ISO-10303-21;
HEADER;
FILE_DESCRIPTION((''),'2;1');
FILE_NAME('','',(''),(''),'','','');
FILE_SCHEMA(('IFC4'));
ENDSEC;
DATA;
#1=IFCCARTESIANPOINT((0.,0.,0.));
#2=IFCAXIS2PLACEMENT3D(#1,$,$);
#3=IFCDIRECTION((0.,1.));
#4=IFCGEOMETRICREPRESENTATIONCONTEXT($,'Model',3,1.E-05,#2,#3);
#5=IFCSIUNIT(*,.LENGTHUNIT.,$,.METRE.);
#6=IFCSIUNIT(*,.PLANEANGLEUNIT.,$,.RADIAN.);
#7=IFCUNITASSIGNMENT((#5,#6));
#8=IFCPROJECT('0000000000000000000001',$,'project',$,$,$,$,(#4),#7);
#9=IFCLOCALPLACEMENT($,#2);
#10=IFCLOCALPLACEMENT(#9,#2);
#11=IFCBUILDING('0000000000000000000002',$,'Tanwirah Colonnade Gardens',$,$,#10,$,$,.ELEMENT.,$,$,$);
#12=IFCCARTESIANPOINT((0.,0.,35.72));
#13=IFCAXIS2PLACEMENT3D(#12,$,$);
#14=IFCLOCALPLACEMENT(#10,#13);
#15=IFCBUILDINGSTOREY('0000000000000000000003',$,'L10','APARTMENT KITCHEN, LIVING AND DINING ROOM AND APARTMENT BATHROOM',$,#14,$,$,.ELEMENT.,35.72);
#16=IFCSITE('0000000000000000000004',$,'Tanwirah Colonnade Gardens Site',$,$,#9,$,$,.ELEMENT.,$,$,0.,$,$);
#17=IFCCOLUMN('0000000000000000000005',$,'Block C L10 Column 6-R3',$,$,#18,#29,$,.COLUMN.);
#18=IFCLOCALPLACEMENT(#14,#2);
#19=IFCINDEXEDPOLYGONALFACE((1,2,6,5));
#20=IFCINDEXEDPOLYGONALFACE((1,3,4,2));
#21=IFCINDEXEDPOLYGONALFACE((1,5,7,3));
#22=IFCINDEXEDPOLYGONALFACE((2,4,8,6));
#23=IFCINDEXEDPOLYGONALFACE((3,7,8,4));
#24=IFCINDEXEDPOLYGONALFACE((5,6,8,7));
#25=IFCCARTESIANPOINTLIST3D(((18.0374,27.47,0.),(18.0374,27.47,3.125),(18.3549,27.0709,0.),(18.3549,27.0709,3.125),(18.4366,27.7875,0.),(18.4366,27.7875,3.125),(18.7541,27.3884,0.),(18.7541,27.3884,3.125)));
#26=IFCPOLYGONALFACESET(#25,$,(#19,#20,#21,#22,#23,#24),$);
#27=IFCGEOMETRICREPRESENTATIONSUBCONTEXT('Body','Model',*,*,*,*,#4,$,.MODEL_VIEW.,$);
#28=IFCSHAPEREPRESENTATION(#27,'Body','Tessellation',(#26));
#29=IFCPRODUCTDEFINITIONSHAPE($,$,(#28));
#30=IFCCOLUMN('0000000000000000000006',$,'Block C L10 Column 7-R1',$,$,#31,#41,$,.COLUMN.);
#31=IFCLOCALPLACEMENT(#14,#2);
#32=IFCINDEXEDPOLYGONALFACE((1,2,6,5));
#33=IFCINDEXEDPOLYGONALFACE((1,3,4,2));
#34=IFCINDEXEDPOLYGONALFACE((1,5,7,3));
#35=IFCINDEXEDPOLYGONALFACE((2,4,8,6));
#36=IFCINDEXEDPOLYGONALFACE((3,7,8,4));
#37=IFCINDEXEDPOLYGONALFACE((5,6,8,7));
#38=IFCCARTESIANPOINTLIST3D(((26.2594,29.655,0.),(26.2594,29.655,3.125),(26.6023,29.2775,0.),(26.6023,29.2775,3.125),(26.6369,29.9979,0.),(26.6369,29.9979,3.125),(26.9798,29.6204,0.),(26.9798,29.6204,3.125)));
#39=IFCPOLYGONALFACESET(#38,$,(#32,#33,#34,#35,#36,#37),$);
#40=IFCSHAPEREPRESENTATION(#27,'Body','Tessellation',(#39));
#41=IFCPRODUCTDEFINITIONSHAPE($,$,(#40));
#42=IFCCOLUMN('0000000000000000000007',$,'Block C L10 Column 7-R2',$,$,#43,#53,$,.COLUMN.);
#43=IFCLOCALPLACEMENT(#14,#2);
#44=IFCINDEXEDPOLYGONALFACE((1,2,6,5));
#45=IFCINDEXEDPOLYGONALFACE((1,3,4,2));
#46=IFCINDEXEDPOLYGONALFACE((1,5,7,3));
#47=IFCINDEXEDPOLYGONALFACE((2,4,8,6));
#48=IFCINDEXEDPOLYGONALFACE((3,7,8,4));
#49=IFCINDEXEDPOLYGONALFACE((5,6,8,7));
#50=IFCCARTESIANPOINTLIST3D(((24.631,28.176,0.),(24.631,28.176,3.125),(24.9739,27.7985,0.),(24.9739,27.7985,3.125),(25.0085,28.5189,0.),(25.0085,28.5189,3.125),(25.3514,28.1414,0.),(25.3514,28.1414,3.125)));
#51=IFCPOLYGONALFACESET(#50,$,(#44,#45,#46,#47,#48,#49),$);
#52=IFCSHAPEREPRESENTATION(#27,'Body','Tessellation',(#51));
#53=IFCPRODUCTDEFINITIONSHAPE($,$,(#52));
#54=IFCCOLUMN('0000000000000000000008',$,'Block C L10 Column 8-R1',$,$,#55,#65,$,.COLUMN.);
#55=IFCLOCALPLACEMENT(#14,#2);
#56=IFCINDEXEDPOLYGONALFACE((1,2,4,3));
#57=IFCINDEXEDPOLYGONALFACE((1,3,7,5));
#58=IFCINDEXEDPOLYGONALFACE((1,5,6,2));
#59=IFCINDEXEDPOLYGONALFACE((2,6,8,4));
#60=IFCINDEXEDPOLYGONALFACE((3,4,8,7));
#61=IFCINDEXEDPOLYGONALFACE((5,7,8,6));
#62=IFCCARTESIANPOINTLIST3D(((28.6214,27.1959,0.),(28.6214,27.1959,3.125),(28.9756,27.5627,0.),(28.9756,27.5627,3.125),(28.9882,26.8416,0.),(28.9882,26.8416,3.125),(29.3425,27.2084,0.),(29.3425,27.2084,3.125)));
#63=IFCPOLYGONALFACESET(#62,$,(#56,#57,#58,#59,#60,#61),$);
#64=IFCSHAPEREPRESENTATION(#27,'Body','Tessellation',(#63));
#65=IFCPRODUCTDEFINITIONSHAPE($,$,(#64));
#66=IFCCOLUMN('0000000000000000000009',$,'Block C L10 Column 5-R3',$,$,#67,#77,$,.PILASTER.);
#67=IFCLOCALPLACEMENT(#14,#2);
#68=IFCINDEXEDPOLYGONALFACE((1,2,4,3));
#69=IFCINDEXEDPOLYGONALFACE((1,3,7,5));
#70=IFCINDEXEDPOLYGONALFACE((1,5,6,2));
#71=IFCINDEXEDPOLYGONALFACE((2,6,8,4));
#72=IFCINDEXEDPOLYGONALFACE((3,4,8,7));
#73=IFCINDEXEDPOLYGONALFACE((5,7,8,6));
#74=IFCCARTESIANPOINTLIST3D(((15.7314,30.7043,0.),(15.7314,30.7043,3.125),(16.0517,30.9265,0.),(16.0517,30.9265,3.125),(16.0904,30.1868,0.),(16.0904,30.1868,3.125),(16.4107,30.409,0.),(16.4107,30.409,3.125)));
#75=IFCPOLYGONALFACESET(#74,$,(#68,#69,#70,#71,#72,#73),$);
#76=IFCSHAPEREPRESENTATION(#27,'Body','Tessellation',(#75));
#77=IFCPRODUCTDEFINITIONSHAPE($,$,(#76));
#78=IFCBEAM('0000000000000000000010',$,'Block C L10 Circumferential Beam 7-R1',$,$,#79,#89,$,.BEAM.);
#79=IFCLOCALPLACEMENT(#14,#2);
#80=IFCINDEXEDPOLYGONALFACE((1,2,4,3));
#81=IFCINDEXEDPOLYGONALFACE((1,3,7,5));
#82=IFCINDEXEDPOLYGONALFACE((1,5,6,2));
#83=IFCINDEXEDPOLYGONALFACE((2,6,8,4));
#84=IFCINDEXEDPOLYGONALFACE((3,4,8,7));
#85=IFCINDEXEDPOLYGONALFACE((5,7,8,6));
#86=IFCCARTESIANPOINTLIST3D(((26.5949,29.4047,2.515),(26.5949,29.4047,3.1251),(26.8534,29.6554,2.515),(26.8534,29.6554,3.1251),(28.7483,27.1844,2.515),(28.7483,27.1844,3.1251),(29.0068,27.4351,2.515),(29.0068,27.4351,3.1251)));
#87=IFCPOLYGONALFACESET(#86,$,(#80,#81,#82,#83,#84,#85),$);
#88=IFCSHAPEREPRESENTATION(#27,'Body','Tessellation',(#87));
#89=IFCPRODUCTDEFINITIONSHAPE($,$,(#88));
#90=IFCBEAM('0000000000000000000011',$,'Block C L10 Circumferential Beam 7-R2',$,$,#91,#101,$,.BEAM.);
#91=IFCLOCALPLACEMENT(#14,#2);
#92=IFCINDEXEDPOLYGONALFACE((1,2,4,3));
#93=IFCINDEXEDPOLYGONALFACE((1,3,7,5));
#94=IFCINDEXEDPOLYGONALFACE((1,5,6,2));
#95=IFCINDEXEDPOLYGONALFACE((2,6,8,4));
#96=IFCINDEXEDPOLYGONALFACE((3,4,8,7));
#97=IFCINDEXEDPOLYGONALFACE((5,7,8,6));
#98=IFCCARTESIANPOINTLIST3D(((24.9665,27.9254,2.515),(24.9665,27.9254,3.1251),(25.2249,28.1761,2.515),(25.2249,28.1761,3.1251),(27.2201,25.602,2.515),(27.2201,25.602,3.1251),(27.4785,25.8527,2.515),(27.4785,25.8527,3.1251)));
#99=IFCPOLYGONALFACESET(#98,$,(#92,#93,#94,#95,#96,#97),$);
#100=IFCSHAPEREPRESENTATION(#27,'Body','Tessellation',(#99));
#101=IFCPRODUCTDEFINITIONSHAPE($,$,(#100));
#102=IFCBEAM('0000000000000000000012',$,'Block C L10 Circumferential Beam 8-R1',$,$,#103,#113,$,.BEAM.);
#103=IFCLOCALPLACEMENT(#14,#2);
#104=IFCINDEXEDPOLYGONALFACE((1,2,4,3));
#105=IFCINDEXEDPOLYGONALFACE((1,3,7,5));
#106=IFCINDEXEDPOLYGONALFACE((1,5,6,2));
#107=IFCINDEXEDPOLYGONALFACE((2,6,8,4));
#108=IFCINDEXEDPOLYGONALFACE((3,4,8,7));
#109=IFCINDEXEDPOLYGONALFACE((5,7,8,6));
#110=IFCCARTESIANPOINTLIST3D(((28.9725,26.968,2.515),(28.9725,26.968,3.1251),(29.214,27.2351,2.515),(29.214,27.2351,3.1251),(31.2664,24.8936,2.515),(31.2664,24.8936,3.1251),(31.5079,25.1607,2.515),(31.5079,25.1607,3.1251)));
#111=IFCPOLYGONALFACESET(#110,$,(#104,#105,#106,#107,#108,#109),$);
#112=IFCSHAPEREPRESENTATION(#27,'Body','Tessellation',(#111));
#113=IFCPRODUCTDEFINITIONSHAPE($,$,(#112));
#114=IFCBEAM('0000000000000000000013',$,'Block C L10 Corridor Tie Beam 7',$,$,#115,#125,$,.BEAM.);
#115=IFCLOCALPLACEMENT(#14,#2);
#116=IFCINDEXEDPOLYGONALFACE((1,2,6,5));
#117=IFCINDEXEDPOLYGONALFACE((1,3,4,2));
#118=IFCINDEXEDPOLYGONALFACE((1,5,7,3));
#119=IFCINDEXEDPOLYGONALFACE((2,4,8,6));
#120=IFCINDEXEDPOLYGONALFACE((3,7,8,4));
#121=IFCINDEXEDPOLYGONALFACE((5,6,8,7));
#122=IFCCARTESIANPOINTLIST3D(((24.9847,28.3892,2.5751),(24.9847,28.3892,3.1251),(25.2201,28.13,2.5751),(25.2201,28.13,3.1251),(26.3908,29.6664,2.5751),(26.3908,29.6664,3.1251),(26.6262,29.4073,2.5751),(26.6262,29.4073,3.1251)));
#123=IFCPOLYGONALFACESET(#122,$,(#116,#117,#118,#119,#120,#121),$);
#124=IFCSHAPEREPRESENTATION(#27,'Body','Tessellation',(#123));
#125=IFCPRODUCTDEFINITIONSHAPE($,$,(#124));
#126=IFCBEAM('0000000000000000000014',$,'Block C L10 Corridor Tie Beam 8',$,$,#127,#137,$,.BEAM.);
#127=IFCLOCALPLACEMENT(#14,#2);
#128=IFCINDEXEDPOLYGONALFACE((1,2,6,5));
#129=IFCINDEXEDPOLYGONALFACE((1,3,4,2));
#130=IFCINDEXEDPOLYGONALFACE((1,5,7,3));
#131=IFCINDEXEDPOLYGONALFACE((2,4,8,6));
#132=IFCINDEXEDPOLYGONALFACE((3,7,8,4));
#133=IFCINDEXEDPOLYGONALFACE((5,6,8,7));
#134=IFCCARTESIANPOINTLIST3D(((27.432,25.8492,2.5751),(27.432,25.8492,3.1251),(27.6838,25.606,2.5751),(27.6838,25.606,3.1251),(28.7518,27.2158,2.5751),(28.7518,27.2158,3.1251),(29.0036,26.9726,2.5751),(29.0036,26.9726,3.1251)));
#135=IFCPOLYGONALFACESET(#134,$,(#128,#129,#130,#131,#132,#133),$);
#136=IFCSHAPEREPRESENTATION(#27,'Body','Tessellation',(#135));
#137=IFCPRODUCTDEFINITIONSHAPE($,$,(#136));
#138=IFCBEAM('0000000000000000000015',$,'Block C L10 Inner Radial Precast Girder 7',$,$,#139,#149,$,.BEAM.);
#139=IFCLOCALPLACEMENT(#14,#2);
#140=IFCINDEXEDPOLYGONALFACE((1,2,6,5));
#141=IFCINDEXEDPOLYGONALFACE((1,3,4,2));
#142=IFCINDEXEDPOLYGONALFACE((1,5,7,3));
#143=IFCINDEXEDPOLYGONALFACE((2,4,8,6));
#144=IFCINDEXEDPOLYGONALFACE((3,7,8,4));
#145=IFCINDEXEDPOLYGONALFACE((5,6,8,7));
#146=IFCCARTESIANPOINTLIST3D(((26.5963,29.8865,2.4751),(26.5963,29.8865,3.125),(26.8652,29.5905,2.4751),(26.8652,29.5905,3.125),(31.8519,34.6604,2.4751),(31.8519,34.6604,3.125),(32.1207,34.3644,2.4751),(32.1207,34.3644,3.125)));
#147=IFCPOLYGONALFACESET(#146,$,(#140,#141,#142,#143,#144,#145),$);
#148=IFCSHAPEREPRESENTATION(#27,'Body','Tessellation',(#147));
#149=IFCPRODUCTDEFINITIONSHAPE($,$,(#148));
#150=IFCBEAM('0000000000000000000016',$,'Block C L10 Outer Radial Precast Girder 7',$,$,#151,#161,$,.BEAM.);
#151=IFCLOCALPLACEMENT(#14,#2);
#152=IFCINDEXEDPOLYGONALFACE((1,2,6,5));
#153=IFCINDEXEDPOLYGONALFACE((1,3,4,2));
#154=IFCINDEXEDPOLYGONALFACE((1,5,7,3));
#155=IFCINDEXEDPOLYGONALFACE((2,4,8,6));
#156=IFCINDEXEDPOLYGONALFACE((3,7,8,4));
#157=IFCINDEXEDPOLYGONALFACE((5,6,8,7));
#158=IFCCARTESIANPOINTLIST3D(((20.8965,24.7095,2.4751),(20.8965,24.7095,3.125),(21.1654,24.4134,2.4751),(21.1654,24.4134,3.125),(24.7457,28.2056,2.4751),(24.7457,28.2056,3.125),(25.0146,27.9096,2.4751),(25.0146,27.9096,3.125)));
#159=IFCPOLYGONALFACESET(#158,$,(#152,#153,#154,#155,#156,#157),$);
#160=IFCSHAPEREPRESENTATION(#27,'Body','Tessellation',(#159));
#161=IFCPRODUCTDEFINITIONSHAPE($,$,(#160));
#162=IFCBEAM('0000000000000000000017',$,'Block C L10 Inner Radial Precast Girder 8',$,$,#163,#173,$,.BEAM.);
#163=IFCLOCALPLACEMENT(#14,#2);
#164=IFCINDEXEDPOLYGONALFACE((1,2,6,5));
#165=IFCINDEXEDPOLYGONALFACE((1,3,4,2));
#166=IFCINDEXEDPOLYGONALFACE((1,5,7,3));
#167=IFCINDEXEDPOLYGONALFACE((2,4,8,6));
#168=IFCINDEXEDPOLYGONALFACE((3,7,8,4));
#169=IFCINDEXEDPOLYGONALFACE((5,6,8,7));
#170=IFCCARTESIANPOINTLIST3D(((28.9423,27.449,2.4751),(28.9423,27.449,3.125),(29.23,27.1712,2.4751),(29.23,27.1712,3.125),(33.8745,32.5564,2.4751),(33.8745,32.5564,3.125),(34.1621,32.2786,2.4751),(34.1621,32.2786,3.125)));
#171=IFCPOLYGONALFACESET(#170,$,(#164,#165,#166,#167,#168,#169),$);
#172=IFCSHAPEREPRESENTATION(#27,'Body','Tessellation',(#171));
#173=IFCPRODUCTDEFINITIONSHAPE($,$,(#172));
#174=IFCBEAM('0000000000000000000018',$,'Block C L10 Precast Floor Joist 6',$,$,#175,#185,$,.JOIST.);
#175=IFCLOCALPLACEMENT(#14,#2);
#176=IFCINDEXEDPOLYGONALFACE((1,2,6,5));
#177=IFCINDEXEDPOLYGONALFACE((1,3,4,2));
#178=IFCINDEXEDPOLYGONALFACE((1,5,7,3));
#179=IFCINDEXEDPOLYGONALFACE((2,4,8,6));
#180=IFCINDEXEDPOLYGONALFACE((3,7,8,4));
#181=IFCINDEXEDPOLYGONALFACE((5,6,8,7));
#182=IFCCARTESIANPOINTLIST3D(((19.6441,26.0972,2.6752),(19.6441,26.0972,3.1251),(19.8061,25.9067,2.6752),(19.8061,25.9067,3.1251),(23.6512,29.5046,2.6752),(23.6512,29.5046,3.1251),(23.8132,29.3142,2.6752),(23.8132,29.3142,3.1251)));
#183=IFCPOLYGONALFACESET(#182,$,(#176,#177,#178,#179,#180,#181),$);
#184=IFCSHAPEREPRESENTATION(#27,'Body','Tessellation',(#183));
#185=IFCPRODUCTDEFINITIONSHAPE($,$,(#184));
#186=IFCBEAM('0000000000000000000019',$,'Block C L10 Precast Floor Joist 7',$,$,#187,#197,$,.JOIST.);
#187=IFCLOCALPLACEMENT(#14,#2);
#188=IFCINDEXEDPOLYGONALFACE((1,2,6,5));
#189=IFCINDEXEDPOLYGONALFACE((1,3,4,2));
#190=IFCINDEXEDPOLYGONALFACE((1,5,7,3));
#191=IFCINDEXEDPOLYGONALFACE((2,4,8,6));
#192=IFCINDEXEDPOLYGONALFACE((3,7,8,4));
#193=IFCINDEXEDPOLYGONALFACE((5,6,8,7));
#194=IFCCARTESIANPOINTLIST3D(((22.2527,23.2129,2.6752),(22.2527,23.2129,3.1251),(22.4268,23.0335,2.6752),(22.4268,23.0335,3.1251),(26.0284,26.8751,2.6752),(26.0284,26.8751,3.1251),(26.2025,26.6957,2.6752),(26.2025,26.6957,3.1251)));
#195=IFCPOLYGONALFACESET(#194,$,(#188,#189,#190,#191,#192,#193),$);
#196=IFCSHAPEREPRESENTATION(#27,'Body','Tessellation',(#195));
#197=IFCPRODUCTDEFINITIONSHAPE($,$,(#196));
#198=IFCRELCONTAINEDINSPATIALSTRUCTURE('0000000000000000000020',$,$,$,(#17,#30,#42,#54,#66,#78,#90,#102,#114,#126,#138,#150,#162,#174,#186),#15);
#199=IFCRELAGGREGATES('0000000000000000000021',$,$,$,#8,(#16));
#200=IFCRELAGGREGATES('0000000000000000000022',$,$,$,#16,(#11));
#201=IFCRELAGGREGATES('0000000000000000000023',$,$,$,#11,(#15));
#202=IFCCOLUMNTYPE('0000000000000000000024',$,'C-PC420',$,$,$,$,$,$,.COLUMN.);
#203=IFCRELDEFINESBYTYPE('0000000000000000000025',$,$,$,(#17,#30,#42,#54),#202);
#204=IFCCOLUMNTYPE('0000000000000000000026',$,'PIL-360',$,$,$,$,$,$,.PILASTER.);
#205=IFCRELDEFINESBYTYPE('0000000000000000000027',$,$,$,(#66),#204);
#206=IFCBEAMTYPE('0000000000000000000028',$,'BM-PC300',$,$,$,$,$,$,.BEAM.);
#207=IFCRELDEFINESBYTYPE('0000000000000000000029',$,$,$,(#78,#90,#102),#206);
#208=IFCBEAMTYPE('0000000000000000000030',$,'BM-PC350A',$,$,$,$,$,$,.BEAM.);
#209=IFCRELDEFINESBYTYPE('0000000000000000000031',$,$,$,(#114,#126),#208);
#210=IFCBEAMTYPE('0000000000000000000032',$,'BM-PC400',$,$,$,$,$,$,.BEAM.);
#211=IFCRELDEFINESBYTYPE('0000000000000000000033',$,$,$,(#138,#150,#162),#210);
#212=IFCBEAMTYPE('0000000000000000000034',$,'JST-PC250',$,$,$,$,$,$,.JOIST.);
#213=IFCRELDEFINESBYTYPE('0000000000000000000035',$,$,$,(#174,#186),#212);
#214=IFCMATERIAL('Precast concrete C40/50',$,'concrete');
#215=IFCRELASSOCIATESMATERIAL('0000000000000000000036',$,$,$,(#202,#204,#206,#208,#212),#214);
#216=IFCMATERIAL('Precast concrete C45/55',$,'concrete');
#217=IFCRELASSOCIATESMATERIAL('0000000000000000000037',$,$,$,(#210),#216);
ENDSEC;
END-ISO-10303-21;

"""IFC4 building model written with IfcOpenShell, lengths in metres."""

from ifc_helpers import new_model, si_unit, direction, frame, origin, origin_2d, place, context, subcontext, project, spatial, rectangle, extrude, material, material_profile, profile_set, type_object, element, save


model = new_model("IFC4")

# Units and contexts
model_context = context("Model", 3, precision=1e-05, world=origin(), true_north=direction((0.0, 1.0)))
body_context = subcontext(model_context, "Body", "Model", "MODEL_VIEW")
ifc_project = project(units=[si_unit("LENGTHUNIT", "METRE"), si_unit("PLANEANGLEUNIT", "RADIAN")], contexts=[model_context])

# Site, building, storey
site_placement = place(None, origin())
site = spatial("IfcSite", under=ifc_project, at=site_placement, Name="Tanwirah Colonnade Gardens Site", CompositionType="ELEMENT", RefElevation=0.0)
building_placement = place(site_placement, origin())
building = spatial("IfcBuilding", under=site, at=building_placement, Name="Tanwirah Colonnade Gardens", CompositionType="ELEMENT")
storey_placement = place(building_placement, frame((0.0, 0.0, 35.72)))
storey = spatial("IfcBuildingStorey", under=building, at=storey_placement, Name="L10", Description="APARTMENT KITCHEN, LIVING AND DINING ROOM AND APARTMENT BATHROOM", CompositionType="ELEMENT", Elevation=35.72)

# Columns
ifc_material_1 = material(Name="Precast concrete C40/50", Category="concrete")
ifc_material_profile_1 = material_profile(ifc_material_1, rectangle(XDim=0.51, YDim=0.51, at=origin_2d()), Name="PC-COL 510x510")
ifc_profile_set_1 = profile_set([ifc_material_profile_1], Name="Precast concrete C40/50")
column_type_1 = type_object("IfcColumnType", Name="C-PC420", PredefinedType="COLUMN", material=ifc_profile_set_1)
for number, where, z_axis, x_axis, name in (
    (1, (18.3958, 27.4292, 0.0), (0.0, 0.0, 1.0), (-0.782608, -0.622515, 0.0), "Block C L10 Column 6-R3"),
    (2, (26.6196, 29.6377, 0.0), (0.0, 0.0, 1.0), (-0.740218, -0.672367, 0.0), "Block C L10 Column 7-R1"),
    (3, (24.9912, 28.1587, 0.0), (0.0, 0.0, 1.0), (-0.740218, -0.672367, 0.0), "Block C L10 Column 7-R2"),
    (4, (28.9819, 27.2021, 0.0), (0.0, 0.0, 1.0), (-0.694658, -0.71934, 0.0), "Block C L10 Column 8-R1"),
):
    element("IfcColumn", number, at=place(storey_placement, frame(where, z_axis=z_axis, x_axis=x_axis)), inside=storey, type_object=column_type_1, Name=name, PredefinedType="COLUMN", context=body_context, shape_type="SweptSolid", body=[
        extrude(rectangle(XDim=0.51, YDim=0.51, at=origin_2d()), origin(), (0.0, 0.0, 1.0), 3.125),
    ])
ifc_material_profile_2 = material_profile(ifc_material_1, rectangle(XDim=0.3899, YDim=0.6299, at=origin_2d()), Name="PC-PIL 390x630")
ifc_profile_set_2 = profile_set([ifc_material_profile_2], Name="Precast concrete C40/50")
column_type_2 = type_object("IfcColumnType", Name="PIL-360", PredefinedType="PILASTER", material=ifc_profile_set_2)
column_placement = place(storey_placement, frame((16.071, 30.5566, 0.0), z_axis=(0.0, 0.0, 1.0), x_axis=(-0.821647, -0.569997, 0.0)))
element("IfcColumn", 5, at=column_placement, inside=storey, type_object=column_type_2, Name="Block C L10 Column 5-R3", PredefinedType="PILASTER", context=body_context, shape_type="SweptSolid", body=[
    extrude(rectangle(XDim=0.3899, YDim=0.6299, at=origin_2d()), origin(), (0.0, 0.0, 1.0), 3.125),
])

# Beams
ifc_material_profile_3 = material_profile(ifc_material_1, rectangle(XDim=0.3601, YDim=0.6101, at=origin_2d()), Name="PC-BM 360x610")
ifc_profile_set_3 = profile_set([ifc_material_profile_3], Name="Precast concrete C40/50")
beam_type_1 = type_object("IfcBeamType", Name="BM-PC300", PredefinedType="BEAM", material=ifc_profile_set_3)
beam_1_placement = place(storey_placement, frame((26.7241, 29.53, 2.8201), z_axis=(0.69621, -0.717838, 0.0), x_axis=(0.717838, 0.69621, 0.0)))
element("IfcBeam", 6, at=beam_1_placement, inside=storey, type_object=beam_type_1, Name="Block C L10 Circumferential Beam 7-R1", PredefinedType="BEAM", context=body_context, shape_type="SweptSolid", body=[
    extrude(rectangle(XDim=0.3601, YDim=0.6101, at=origin_2d()), origin(), (0.0, 0.0, 1.0), 3.093),
])
beam_2_placement = place(storey_placement, frame((25.0957, 28.0508, 2.8201), z_axis=(0.696239, -0.71781, 0.0), x_axis=(0.71781, 0.696239, 0.0)))
element("IfcBeam", 7, at=beam_2_placement, inside=storey, type_object=beam_type_1, Name="Block C L10 Circumferential Beam 7-R2", PredefinedType="BEAM", context=body_context, shape_type="SweptSolid", body=[
    extrude(rectangle(XDim=0.3601, YDim=0.6101, at=origin_2d()), origin(), (0.0, 0.0, 1.0), 3.2368),
])
beam_3_placement = place(storey_placement, frame((29.0933, 27.1016, 2.8201), z_axis=(0.741698, -0.670733, 0.0), x_axis=(0.670733, 0.741698, 0.0)))
element("IfcBeam", 8, at=beam_3_placement, inside=storey, type_object=beam_type_1, Name="Block C L10 Circumferential Beam 8-R1", PredefinedType="BEAM", context=body_context, shape_type="SweptSolid", body=[
    extrude(rectangle(XDim=0.3601, YDim=0.6101, at=origin_2d()), origin(), (0.0, 0.0, 1.0), 3.0928),
])
ifc_material_profile_4 = material_profile(ifc_material_1, rectangle(XDim=0.3501, YDim=0.55, at=origin_2d()), Name="PC-BM 350x550")
ifc_profile_set_4 = profile_set([ifc_material_profile_4], Name="Precast concrete C40/50")
beam_type_2 = type_object("IfcBeamType", Name="BM-PC350A", PredefinedType="BEAM", material=ifc_profile_set_4)
beam_4_placement = place(storey_placement, frame((26.5085, 29.5369, 2.8501), z_axis=(-0.740219, -0.672366, 0.0), x_axis=(0.672366, -0.740219, 0.0)))
element("IfcBeam", 9, at=beam_4_placement, inside=storey, type_object=beam_type_2, Name="Block C L10 Corridor Tie Beam 7", PredefinedType="BEAM", context=body_context, shape_type="SweptSolid", body=[
    extrude(rectangle(XDim=0.3501, YDim=0.55, at=origin_2d()), origin(), (0.0, 0.0, 1.0), 1.8997),
])
beam_5_placement = place(storey_placement, frame((28.8777, 27.0942, 2.8501), z_axis=(-0.694663, -0.719335, 0.0), x_axis=(0.719335, -0.694663, 0.0)))
element("IfcBeam", 10, at=beam_5_placement, inside=storey, type_object=beam_type_2, Name="Block C L10 Corridor Tie Beam 8", PredefinedType="BEAM", context=body_context, shape_type="SweptSolid", body=[
    extrude(rectangle(XDim=0.3501, YDim=0.55, at=origin_2d()), origin(), (0.0, 0.0, 1.0), 1.8999),
])
ifc_material_2 = material(Name="Precast concrete C45/55", Category="concrete")
ifc_material_profile_5 = material_profile(ifc_material_2, rectangle(XDim=0.3999, YDim=0.6499, at=origin_2d()), Name="PC-BM 400x650")
ifc_profile_set_5 = profile_set([ifc_material_profile_5], Name="Precast concrete C45/55")
beam_type_3 = type_object("IfcBeamType", Name="BM-PC400", PredefinedType="BEAM", material=ifc_profile_set_5)
beam_6_placement = place(storey_placement, frame((26.7307, 29.7385, 2.8), z_axis=(0.740214, 0.672372, 0.0), x_axis=(-0.672372, 0.740214, 0.0)))
element("IfcBeam", 11, at=beam_6_placement, inside=storey, type_object=beam_type_3, Name="Block C L10 Inner Radial Precast Girder 7", PredefinedType="BEAM", context=body_context, shape_type="SweptSolid", body=[
    extrude(rectangle(XDim=0.3999, YDim=0.6499, at=origin_2d()), origin(), (0.0, 0.0, 1.0), 7.1001),
])
beam_7_placement = place(storey_placement, frame((24.8801, 28.0576, 2.8), z_axis=(-0.740237, -0.672346, 0.0), x_axis=(0.672346, -0.740237, 0.0)))
element("IfcBeam", 12, at=beam_7_placement, inside=storey, type_object=beam_type_3, Name="Block C L10 Outer Radial Precast Girder 7", PredefinedType="BEAM", context=body_context, shape_type="SweptSolid", body=[
    extrude(rectangle(XDim=0.3999, YDim=0.6499, at=origin_2d()), origin(), (0.0, 0.0, 1.0), 5.2),
])
beam_8_placement = place(storey_placement, frame((29.0862, 27.3101, 2.8), z_axis=(0.694655, 0.719343, 0.0), x_axis=(-0.719343, 0.694655, 0.0)))
element("IfcBeam", 13, at=beam_8_placement, inside=storey, type_object=beam_type_3, Name="Block C L10 Inner Radial Precast Girder 8", PredefinedType="BEAM", context=body_context, shape_type="SweptSolid", body=[
    extrude(rectangle(XDim=0.3999, YDim=0.6499, at=origin_2d()), origin(), (0.0, 0.0, 1.0), 7.1001),
])
ifc_material_profile_6 = material_profile(ifc_material_1, rectangle(XDim=0.25, YDim=0.45, at=origin_2d()), Name="PC-JST 250x450")
ifc_profile_set_6 = profile_set([ifc_material_profile_6], Name="Precast concrete C40/50")
beam_type_4 = type_object("IfcBeamType", Name="JST-PC250", PredefinedType="JOIST", material=ifc_profile_set_6)
for number, where, z_axis, x_axis, name in (
    (14, (23.7322, 29.4094, 2.9001), (-0.761803, -0.647809, 0.0), (0.647809, -0.761803, 0.0), "Block C L10 Precast Floor Joist 6"),
    (15, (26.1155, 26.7854, 2.9001), (-0.717816, -0.696233, 0.0), (0.696233, -0.717816, 0.0), "Block C L10 Precast Floor Joist 7"),
):
    element("IfcBeam", number, at=place(storey_placement, frame(where, z_axis=z_axis, x_axis=x_axis)), inside=storey, type_object=beam_type_4, Name=name, PredefinedType="JOIST", context=body_context, shape_type="SweptSolid", body=[
        extrude(rectangle(XDim=0.25, YDim=0.45, at=origin_2d()), origin(), (0.0, 0.0, 1.0), 5.26),
    ])

save(model, "model.ifc")
